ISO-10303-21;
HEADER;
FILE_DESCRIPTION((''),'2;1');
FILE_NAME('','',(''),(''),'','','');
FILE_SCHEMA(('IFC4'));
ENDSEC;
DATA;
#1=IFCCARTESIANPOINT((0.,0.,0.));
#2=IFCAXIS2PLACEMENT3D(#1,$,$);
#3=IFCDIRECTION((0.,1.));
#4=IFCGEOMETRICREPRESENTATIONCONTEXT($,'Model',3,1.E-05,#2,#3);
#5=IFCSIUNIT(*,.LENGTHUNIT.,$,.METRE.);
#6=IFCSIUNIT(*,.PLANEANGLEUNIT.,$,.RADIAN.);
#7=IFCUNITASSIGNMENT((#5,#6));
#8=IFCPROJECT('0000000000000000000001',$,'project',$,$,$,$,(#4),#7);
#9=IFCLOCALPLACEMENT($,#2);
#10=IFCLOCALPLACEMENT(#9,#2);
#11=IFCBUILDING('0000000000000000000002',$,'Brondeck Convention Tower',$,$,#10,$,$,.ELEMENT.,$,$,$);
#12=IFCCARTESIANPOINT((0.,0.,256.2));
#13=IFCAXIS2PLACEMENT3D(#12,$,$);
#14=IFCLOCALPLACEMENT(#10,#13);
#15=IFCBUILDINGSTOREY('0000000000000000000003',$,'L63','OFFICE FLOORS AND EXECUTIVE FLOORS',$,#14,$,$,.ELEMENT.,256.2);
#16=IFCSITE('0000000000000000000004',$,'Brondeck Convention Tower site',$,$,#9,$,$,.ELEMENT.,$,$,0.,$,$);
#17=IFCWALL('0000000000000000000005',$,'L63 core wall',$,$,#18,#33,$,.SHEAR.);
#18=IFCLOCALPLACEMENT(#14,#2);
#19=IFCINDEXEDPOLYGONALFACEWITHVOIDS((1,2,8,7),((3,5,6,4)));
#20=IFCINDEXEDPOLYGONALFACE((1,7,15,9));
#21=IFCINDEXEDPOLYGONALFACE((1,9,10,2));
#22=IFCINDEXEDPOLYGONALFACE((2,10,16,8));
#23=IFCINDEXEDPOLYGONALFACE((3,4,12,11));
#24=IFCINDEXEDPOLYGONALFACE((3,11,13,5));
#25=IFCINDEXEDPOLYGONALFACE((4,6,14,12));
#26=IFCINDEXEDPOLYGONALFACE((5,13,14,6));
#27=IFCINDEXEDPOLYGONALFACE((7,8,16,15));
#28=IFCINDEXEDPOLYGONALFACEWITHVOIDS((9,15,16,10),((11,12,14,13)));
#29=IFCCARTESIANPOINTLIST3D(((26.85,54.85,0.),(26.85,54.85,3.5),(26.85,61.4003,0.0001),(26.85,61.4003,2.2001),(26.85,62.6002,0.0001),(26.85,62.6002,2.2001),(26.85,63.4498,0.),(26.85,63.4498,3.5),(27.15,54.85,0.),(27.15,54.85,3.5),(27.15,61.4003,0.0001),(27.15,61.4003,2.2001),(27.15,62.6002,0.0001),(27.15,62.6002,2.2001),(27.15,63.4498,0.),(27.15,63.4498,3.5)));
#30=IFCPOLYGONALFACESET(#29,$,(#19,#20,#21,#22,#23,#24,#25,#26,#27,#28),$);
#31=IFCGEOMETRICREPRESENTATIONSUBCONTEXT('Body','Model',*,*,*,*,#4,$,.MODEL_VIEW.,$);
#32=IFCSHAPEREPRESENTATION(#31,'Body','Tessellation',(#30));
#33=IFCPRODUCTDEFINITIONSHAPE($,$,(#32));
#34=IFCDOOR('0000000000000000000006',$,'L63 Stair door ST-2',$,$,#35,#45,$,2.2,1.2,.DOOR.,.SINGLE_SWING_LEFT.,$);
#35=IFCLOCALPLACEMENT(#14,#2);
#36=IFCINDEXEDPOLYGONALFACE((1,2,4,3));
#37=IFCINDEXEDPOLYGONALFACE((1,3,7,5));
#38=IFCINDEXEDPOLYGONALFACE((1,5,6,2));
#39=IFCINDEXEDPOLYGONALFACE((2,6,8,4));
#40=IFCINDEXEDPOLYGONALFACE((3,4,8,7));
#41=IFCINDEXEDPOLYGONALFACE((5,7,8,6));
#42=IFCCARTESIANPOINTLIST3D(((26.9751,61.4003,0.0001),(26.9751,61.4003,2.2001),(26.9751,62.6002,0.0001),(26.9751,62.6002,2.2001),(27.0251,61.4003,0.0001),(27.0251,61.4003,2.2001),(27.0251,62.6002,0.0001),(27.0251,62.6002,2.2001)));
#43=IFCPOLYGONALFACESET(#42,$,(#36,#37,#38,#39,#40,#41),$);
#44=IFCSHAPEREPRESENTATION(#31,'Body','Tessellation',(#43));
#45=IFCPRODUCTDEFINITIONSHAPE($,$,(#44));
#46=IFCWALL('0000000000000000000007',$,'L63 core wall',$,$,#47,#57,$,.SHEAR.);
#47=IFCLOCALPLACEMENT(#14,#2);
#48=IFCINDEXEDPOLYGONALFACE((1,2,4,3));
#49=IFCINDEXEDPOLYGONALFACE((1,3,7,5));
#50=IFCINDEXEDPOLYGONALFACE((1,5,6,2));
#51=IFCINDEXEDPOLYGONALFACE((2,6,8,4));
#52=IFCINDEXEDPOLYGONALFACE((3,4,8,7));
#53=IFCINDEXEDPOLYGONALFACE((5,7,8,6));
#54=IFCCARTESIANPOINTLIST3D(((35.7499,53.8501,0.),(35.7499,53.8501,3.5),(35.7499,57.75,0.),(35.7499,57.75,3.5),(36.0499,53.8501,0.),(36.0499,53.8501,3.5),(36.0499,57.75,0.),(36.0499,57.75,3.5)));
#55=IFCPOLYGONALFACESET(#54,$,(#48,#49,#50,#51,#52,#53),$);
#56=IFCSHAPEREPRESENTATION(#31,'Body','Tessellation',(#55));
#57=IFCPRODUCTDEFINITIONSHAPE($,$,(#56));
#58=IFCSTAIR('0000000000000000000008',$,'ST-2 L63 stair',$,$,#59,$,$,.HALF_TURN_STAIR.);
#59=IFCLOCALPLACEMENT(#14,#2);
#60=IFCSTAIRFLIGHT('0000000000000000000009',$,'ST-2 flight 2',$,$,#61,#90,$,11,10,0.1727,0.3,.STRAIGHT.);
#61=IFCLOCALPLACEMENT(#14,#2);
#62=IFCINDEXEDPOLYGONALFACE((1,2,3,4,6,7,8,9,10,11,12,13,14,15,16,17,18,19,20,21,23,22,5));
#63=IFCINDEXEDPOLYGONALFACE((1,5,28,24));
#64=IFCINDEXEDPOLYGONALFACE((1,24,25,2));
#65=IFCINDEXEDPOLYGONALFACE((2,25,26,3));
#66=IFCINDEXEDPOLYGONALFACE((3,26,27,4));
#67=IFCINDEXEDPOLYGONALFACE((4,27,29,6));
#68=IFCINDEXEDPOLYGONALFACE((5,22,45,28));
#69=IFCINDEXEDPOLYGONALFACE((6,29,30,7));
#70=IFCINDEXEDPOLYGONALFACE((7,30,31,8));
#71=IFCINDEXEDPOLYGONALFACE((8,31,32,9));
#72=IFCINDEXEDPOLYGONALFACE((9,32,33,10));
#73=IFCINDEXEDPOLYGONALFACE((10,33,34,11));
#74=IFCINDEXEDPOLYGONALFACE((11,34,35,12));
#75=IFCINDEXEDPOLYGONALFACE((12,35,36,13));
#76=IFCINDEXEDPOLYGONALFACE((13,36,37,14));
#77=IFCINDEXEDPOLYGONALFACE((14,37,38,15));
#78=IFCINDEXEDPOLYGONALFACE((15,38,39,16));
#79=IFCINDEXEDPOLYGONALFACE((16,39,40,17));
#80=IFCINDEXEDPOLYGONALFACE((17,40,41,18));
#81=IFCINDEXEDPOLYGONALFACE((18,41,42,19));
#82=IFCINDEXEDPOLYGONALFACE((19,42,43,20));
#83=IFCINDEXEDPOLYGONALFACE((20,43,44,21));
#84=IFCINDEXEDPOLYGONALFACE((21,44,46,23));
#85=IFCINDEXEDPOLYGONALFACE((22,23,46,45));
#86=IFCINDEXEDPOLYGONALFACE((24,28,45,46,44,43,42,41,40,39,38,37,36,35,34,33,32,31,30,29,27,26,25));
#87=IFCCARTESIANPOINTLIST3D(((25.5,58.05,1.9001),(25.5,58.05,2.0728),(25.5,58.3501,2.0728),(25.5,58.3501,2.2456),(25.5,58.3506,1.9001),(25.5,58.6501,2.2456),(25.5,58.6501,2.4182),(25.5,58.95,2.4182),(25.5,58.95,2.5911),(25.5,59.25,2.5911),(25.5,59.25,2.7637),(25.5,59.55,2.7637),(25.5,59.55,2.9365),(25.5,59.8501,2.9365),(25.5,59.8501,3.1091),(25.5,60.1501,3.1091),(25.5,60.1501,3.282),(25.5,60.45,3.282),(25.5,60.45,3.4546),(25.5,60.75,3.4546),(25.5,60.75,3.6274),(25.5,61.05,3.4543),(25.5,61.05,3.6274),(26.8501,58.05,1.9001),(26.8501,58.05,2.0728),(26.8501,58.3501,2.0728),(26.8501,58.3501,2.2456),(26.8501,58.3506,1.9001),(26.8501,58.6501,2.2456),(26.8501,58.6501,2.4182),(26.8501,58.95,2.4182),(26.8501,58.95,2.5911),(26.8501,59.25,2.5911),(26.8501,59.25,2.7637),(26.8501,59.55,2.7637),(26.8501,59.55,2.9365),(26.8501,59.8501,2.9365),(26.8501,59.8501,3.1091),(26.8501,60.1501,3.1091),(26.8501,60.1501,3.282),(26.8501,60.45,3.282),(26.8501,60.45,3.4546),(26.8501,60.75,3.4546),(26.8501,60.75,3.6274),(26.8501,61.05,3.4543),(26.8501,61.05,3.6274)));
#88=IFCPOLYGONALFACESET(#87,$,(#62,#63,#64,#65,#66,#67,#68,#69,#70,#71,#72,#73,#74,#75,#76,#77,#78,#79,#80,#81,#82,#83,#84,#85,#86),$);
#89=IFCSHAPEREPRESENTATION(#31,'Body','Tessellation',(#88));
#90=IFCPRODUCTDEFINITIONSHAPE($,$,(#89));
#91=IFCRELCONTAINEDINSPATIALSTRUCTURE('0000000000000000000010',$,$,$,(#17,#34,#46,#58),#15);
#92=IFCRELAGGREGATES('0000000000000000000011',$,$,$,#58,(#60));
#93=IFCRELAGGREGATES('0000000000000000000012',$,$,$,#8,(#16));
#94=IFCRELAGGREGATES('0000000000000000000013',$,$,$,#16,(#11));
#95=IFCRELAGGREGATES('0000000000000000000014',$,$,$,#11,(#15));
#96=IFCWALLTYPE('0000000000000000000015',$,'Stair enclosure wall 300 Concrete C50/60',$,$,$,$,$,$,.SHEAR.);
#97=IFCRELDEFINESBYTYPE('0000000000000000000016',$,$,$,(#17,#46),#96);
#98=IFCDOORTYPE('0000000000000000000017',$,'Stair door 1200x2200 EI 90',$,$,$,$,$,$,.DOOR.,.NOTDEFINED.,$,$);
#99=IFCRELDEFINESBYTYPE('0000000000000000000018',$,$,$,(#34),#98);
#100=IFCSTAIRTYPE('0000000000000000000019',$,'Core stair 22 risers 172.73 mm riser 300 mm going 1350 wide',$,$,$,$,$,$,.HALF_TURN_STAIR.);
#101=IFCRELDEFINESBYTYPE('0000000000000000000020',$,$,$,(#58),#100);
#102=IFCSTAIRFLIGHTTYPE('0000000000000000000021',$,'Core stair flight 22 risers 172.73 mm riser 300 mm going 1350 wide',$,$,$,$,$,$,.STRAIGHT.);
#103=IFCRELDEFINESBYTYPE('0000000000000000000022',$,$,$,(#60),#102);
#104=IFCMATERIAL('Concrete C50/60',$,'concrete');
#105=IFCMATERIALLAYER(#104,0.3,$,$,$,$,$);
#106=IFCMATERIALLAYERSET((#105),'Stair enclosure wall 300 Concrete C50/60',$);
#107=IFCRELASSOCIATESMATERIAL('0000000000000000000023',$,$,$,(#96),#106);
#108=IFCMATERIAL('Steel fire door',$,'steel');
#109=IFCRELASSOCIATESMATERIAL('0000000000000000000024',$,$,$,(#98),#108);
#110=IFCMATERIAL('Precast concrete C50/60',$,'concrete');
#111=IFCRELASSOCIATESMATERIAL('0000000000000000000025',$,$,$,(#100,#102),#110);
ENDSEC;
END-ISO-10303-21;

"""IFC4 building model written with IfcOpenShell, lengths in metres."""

from ifc_helpers import new_model, si_unit, direction, frame, frame_2d, origin, place, context, subcontext, project, spatial, polyline, rectangle, outline, extrude, material, layer, layer_set, type_object, element, fill, aggregate, save


model = new_model("IFC4")

# Units and contexts
model_context = context("Model", 3, precision=1e-05, world=origin(), true_north=direction((0.0, 1.0)))
body_context = subcontext(model_context, "Body", "Model", "MODEL_VIEW")
ifc_project = project(units=[si_unit("LENGTHUNIT", "METRE"), si_unit("PLANEANGLEUNIT", "RADIAN")], contexts=[model_context])

# Site, building, storey
site_placement = place(None, origin())
site = spatial("IfcSite", under=ifc_project, at=site_placement, Name="Brondeck Convention Tower site", CompositionType="ELEMENT", RefElevation=0.0)
building_placement = place(site_placement, origin())
building = spatial("IfcBuilding", under=site, at=building_placement, Name="Brondeck Convention Tower", CompositionType="ELEMENT")
storey_placement = place(building_placement, frame((0.0, 0.0, 256.2)))
storey = spatial("IfcBuildingStorey", under=building, at=storey_placement, Name="L63", Description="OFFICE FLOORS AND EXECUTIVE FLOORS", CompositionType="ELEMENT", Elevation=256.2)

# Shared definitions
ifc_material_1 = material(Name="Concrete C50/60", Category="concrete")

# Wall, opening, door
ifc_layer_1 = layer(ifc_material_1, 0.3)
ifc_layer_set_1 = layer_set([ifc_layer_1], Name="Stair enclosure wall 300 Concrete C50/60")
wall_type_1 = type_object("IfcWallType", Name="Stair enclosure wall 300 Concrete C50/60", PredefinedType="SHEAR", material=ifc_layer_set_1)
wall_1_placement = place(storey_placement, frame((27.0, 54.8501, 0.0), z_axis=(0.0, 0.0, 1.0), x_axis=(0.0, 1.0, 0.0)))
wall_1 = element("IfcWall", 1, at=wall_1_placement, inside=storey, type_object=wall_type_1, Name="L63 core wall", PredefinedType="SHEAR", context=body_context, shape_type="SweptSolid", body=[
    extrude(rectangle(XDim=8.5999, YDim=0.3, at=frame_2d((4.2998, 0.0))), origin(), (0.0, 0.0, 1.0), 3.5),
])
opening_1_placement = place(wall_1_placement, frame((6.55, 0.0, 0.0)))
opening_1 = element("IfcOpeningElement", 2, at=opening_1_placement, cuts=wall_1, PredefinedType="OPENING", context=body_context, shape_type="SweptSolid", body=[
    extrude(rectangle(XDim=1.2, YDim=2.2, at=frame_2d((0.6001, 1.1001))), frame((0.0, 0.1599, 0.0), z_axis=(0.0, -1.0, 0.0), x_axis=(1.0, 0.0, 0.0)), (0.0, 0.0, 1.0), 0.3201),
])
ifc_material_2 = material(Name="Steel fire door", Category="steel")
door_type_1 = type_object("IfcDoorType", Name="Stair door 1200x2200 EI 90", OperationType="NOTDEFINED", PredefinedType="DOOR", material=ifc_material_2)
door_1_placement = place(opening_1_placement, origin())
door_1 = element("IfcDoor", 3, at=door_1_placement, inside=storey, type_object=door_type_1, Name="L63 Stair door ST-2", OperationType="SINGLE_SWING_LEFT", OverallHeight=2.2, OverallWidth=1.2, PredefinedType="DOOR", context=body_context, shape_type="SweptSolid", body=[
    extrude(rectangle(XDim=1.2, YDim=2.2, at=frame_2d((0.6001, 1.1001))), frame((0.0, 0.0249, 0.0), z_axis=(0.0, -1.0, 0.0), x_axis=(1.0, 0.0, 0.0)), (0.0, 0.0, 1.0), 0.05),
])
fill(opening_1, door_1)

# Wall
wall_2_placement = place(storey_placement, frame((35.8999, 53.8501, 0.0), z_axis=(0.0, 0.0, 1.0), x_axis=(0.0, 1.0, 0.0)))
element("IfcWall", 4, at=wall_2_placement, inside=storey, type_object=wall_type_1, Name="L63 core wall", PredefinedType="SHEAR", context=body_context, shape_type="SweptSolid", body=[
    extrude(rectangle(XDim=3.8999, YDim=0.3, at=frame_2d((1.95, 0.0))), origin(), (0.0, 0.0, 1.0), 3.5),
])

# Stair, stair flight
ifc_material_3 = material(Name="Precast concrete C50/60", Category="concrete")
stair_type = type_object("IfcStairType", Name="Core stair 22 risers 172.73 mm riser 300 mm going 1350 wide", PredefinedType="HALF_TURN_STAIR", material=ifc_material_3)
stair_placement = place(storey_placement, origin())
stair = element("IfcStair", 5, at=stair_placement, inside=storey, type_object=stair_type, Name="ST-2 L63 stair", PredefinedType="HALF_TURN_STAIR")
stair_flight_type = type_object("IfcStairFlightType", Name="Core stair flight 22 risers 172.73 mm riser 300 mm going 1350 wide", PredefinedType="STRAIGHT", material=ifc_material_3)
stair_flight_placement = place(storey_placement, frame((26.175, 58.05, 1.9001), z_axis=(0.0, 0.0, 1.0), x_axis=(0.0, 1.0, 0.0)))
stair_flight = element("IfcStairFlight", 6, at=stair_flight_placement, type_object=stair_flight_type, Name="ST-2 flight 2", NumberOfRisers=11, NumberOfTreads=10, PredefinedType="STRAIGHT", RiserHeight=0.1727, TreadLength=0.3, context=body_context, shape_type="SweptSolid", body=[
    extrude(outline(polyline([(0.0, 0.0), (0.0, 0.1726), (0.3, 0.1726), (0.3, 0.3455), (0.6001, 0.3455), (0.6001, 0.5181), (0.8999, 0.5181), (0.8999, 0.6909), (1.2, 0.6909), (1.2, 0.8635), (1.5, 0.8635), (1.5, 1.0364), (1.8, 1.0364), (1.8, 1.209), (2.1001, 1.209), (2.1001, 1.3818), (2.3999, 1.3818), (2.3999, 1.5544), (2.7, 1.5544), (2.7, 1.7273), (3.0, 1.7273), (3.0, 1.8999), (3.0, 1.5542), (0.3005, 0.0), (0.0, 0.0)])), frame((0.0, 0.675, 0.0), z_axis=(0.0, -1.0, 0.0), x_axis=(1.0, 0.0, 0.0)), (0.0, 0.0, 1.0), 1.3501),
])
aggregate(stair, [stair_flight])

save(model, "model.ifc")
